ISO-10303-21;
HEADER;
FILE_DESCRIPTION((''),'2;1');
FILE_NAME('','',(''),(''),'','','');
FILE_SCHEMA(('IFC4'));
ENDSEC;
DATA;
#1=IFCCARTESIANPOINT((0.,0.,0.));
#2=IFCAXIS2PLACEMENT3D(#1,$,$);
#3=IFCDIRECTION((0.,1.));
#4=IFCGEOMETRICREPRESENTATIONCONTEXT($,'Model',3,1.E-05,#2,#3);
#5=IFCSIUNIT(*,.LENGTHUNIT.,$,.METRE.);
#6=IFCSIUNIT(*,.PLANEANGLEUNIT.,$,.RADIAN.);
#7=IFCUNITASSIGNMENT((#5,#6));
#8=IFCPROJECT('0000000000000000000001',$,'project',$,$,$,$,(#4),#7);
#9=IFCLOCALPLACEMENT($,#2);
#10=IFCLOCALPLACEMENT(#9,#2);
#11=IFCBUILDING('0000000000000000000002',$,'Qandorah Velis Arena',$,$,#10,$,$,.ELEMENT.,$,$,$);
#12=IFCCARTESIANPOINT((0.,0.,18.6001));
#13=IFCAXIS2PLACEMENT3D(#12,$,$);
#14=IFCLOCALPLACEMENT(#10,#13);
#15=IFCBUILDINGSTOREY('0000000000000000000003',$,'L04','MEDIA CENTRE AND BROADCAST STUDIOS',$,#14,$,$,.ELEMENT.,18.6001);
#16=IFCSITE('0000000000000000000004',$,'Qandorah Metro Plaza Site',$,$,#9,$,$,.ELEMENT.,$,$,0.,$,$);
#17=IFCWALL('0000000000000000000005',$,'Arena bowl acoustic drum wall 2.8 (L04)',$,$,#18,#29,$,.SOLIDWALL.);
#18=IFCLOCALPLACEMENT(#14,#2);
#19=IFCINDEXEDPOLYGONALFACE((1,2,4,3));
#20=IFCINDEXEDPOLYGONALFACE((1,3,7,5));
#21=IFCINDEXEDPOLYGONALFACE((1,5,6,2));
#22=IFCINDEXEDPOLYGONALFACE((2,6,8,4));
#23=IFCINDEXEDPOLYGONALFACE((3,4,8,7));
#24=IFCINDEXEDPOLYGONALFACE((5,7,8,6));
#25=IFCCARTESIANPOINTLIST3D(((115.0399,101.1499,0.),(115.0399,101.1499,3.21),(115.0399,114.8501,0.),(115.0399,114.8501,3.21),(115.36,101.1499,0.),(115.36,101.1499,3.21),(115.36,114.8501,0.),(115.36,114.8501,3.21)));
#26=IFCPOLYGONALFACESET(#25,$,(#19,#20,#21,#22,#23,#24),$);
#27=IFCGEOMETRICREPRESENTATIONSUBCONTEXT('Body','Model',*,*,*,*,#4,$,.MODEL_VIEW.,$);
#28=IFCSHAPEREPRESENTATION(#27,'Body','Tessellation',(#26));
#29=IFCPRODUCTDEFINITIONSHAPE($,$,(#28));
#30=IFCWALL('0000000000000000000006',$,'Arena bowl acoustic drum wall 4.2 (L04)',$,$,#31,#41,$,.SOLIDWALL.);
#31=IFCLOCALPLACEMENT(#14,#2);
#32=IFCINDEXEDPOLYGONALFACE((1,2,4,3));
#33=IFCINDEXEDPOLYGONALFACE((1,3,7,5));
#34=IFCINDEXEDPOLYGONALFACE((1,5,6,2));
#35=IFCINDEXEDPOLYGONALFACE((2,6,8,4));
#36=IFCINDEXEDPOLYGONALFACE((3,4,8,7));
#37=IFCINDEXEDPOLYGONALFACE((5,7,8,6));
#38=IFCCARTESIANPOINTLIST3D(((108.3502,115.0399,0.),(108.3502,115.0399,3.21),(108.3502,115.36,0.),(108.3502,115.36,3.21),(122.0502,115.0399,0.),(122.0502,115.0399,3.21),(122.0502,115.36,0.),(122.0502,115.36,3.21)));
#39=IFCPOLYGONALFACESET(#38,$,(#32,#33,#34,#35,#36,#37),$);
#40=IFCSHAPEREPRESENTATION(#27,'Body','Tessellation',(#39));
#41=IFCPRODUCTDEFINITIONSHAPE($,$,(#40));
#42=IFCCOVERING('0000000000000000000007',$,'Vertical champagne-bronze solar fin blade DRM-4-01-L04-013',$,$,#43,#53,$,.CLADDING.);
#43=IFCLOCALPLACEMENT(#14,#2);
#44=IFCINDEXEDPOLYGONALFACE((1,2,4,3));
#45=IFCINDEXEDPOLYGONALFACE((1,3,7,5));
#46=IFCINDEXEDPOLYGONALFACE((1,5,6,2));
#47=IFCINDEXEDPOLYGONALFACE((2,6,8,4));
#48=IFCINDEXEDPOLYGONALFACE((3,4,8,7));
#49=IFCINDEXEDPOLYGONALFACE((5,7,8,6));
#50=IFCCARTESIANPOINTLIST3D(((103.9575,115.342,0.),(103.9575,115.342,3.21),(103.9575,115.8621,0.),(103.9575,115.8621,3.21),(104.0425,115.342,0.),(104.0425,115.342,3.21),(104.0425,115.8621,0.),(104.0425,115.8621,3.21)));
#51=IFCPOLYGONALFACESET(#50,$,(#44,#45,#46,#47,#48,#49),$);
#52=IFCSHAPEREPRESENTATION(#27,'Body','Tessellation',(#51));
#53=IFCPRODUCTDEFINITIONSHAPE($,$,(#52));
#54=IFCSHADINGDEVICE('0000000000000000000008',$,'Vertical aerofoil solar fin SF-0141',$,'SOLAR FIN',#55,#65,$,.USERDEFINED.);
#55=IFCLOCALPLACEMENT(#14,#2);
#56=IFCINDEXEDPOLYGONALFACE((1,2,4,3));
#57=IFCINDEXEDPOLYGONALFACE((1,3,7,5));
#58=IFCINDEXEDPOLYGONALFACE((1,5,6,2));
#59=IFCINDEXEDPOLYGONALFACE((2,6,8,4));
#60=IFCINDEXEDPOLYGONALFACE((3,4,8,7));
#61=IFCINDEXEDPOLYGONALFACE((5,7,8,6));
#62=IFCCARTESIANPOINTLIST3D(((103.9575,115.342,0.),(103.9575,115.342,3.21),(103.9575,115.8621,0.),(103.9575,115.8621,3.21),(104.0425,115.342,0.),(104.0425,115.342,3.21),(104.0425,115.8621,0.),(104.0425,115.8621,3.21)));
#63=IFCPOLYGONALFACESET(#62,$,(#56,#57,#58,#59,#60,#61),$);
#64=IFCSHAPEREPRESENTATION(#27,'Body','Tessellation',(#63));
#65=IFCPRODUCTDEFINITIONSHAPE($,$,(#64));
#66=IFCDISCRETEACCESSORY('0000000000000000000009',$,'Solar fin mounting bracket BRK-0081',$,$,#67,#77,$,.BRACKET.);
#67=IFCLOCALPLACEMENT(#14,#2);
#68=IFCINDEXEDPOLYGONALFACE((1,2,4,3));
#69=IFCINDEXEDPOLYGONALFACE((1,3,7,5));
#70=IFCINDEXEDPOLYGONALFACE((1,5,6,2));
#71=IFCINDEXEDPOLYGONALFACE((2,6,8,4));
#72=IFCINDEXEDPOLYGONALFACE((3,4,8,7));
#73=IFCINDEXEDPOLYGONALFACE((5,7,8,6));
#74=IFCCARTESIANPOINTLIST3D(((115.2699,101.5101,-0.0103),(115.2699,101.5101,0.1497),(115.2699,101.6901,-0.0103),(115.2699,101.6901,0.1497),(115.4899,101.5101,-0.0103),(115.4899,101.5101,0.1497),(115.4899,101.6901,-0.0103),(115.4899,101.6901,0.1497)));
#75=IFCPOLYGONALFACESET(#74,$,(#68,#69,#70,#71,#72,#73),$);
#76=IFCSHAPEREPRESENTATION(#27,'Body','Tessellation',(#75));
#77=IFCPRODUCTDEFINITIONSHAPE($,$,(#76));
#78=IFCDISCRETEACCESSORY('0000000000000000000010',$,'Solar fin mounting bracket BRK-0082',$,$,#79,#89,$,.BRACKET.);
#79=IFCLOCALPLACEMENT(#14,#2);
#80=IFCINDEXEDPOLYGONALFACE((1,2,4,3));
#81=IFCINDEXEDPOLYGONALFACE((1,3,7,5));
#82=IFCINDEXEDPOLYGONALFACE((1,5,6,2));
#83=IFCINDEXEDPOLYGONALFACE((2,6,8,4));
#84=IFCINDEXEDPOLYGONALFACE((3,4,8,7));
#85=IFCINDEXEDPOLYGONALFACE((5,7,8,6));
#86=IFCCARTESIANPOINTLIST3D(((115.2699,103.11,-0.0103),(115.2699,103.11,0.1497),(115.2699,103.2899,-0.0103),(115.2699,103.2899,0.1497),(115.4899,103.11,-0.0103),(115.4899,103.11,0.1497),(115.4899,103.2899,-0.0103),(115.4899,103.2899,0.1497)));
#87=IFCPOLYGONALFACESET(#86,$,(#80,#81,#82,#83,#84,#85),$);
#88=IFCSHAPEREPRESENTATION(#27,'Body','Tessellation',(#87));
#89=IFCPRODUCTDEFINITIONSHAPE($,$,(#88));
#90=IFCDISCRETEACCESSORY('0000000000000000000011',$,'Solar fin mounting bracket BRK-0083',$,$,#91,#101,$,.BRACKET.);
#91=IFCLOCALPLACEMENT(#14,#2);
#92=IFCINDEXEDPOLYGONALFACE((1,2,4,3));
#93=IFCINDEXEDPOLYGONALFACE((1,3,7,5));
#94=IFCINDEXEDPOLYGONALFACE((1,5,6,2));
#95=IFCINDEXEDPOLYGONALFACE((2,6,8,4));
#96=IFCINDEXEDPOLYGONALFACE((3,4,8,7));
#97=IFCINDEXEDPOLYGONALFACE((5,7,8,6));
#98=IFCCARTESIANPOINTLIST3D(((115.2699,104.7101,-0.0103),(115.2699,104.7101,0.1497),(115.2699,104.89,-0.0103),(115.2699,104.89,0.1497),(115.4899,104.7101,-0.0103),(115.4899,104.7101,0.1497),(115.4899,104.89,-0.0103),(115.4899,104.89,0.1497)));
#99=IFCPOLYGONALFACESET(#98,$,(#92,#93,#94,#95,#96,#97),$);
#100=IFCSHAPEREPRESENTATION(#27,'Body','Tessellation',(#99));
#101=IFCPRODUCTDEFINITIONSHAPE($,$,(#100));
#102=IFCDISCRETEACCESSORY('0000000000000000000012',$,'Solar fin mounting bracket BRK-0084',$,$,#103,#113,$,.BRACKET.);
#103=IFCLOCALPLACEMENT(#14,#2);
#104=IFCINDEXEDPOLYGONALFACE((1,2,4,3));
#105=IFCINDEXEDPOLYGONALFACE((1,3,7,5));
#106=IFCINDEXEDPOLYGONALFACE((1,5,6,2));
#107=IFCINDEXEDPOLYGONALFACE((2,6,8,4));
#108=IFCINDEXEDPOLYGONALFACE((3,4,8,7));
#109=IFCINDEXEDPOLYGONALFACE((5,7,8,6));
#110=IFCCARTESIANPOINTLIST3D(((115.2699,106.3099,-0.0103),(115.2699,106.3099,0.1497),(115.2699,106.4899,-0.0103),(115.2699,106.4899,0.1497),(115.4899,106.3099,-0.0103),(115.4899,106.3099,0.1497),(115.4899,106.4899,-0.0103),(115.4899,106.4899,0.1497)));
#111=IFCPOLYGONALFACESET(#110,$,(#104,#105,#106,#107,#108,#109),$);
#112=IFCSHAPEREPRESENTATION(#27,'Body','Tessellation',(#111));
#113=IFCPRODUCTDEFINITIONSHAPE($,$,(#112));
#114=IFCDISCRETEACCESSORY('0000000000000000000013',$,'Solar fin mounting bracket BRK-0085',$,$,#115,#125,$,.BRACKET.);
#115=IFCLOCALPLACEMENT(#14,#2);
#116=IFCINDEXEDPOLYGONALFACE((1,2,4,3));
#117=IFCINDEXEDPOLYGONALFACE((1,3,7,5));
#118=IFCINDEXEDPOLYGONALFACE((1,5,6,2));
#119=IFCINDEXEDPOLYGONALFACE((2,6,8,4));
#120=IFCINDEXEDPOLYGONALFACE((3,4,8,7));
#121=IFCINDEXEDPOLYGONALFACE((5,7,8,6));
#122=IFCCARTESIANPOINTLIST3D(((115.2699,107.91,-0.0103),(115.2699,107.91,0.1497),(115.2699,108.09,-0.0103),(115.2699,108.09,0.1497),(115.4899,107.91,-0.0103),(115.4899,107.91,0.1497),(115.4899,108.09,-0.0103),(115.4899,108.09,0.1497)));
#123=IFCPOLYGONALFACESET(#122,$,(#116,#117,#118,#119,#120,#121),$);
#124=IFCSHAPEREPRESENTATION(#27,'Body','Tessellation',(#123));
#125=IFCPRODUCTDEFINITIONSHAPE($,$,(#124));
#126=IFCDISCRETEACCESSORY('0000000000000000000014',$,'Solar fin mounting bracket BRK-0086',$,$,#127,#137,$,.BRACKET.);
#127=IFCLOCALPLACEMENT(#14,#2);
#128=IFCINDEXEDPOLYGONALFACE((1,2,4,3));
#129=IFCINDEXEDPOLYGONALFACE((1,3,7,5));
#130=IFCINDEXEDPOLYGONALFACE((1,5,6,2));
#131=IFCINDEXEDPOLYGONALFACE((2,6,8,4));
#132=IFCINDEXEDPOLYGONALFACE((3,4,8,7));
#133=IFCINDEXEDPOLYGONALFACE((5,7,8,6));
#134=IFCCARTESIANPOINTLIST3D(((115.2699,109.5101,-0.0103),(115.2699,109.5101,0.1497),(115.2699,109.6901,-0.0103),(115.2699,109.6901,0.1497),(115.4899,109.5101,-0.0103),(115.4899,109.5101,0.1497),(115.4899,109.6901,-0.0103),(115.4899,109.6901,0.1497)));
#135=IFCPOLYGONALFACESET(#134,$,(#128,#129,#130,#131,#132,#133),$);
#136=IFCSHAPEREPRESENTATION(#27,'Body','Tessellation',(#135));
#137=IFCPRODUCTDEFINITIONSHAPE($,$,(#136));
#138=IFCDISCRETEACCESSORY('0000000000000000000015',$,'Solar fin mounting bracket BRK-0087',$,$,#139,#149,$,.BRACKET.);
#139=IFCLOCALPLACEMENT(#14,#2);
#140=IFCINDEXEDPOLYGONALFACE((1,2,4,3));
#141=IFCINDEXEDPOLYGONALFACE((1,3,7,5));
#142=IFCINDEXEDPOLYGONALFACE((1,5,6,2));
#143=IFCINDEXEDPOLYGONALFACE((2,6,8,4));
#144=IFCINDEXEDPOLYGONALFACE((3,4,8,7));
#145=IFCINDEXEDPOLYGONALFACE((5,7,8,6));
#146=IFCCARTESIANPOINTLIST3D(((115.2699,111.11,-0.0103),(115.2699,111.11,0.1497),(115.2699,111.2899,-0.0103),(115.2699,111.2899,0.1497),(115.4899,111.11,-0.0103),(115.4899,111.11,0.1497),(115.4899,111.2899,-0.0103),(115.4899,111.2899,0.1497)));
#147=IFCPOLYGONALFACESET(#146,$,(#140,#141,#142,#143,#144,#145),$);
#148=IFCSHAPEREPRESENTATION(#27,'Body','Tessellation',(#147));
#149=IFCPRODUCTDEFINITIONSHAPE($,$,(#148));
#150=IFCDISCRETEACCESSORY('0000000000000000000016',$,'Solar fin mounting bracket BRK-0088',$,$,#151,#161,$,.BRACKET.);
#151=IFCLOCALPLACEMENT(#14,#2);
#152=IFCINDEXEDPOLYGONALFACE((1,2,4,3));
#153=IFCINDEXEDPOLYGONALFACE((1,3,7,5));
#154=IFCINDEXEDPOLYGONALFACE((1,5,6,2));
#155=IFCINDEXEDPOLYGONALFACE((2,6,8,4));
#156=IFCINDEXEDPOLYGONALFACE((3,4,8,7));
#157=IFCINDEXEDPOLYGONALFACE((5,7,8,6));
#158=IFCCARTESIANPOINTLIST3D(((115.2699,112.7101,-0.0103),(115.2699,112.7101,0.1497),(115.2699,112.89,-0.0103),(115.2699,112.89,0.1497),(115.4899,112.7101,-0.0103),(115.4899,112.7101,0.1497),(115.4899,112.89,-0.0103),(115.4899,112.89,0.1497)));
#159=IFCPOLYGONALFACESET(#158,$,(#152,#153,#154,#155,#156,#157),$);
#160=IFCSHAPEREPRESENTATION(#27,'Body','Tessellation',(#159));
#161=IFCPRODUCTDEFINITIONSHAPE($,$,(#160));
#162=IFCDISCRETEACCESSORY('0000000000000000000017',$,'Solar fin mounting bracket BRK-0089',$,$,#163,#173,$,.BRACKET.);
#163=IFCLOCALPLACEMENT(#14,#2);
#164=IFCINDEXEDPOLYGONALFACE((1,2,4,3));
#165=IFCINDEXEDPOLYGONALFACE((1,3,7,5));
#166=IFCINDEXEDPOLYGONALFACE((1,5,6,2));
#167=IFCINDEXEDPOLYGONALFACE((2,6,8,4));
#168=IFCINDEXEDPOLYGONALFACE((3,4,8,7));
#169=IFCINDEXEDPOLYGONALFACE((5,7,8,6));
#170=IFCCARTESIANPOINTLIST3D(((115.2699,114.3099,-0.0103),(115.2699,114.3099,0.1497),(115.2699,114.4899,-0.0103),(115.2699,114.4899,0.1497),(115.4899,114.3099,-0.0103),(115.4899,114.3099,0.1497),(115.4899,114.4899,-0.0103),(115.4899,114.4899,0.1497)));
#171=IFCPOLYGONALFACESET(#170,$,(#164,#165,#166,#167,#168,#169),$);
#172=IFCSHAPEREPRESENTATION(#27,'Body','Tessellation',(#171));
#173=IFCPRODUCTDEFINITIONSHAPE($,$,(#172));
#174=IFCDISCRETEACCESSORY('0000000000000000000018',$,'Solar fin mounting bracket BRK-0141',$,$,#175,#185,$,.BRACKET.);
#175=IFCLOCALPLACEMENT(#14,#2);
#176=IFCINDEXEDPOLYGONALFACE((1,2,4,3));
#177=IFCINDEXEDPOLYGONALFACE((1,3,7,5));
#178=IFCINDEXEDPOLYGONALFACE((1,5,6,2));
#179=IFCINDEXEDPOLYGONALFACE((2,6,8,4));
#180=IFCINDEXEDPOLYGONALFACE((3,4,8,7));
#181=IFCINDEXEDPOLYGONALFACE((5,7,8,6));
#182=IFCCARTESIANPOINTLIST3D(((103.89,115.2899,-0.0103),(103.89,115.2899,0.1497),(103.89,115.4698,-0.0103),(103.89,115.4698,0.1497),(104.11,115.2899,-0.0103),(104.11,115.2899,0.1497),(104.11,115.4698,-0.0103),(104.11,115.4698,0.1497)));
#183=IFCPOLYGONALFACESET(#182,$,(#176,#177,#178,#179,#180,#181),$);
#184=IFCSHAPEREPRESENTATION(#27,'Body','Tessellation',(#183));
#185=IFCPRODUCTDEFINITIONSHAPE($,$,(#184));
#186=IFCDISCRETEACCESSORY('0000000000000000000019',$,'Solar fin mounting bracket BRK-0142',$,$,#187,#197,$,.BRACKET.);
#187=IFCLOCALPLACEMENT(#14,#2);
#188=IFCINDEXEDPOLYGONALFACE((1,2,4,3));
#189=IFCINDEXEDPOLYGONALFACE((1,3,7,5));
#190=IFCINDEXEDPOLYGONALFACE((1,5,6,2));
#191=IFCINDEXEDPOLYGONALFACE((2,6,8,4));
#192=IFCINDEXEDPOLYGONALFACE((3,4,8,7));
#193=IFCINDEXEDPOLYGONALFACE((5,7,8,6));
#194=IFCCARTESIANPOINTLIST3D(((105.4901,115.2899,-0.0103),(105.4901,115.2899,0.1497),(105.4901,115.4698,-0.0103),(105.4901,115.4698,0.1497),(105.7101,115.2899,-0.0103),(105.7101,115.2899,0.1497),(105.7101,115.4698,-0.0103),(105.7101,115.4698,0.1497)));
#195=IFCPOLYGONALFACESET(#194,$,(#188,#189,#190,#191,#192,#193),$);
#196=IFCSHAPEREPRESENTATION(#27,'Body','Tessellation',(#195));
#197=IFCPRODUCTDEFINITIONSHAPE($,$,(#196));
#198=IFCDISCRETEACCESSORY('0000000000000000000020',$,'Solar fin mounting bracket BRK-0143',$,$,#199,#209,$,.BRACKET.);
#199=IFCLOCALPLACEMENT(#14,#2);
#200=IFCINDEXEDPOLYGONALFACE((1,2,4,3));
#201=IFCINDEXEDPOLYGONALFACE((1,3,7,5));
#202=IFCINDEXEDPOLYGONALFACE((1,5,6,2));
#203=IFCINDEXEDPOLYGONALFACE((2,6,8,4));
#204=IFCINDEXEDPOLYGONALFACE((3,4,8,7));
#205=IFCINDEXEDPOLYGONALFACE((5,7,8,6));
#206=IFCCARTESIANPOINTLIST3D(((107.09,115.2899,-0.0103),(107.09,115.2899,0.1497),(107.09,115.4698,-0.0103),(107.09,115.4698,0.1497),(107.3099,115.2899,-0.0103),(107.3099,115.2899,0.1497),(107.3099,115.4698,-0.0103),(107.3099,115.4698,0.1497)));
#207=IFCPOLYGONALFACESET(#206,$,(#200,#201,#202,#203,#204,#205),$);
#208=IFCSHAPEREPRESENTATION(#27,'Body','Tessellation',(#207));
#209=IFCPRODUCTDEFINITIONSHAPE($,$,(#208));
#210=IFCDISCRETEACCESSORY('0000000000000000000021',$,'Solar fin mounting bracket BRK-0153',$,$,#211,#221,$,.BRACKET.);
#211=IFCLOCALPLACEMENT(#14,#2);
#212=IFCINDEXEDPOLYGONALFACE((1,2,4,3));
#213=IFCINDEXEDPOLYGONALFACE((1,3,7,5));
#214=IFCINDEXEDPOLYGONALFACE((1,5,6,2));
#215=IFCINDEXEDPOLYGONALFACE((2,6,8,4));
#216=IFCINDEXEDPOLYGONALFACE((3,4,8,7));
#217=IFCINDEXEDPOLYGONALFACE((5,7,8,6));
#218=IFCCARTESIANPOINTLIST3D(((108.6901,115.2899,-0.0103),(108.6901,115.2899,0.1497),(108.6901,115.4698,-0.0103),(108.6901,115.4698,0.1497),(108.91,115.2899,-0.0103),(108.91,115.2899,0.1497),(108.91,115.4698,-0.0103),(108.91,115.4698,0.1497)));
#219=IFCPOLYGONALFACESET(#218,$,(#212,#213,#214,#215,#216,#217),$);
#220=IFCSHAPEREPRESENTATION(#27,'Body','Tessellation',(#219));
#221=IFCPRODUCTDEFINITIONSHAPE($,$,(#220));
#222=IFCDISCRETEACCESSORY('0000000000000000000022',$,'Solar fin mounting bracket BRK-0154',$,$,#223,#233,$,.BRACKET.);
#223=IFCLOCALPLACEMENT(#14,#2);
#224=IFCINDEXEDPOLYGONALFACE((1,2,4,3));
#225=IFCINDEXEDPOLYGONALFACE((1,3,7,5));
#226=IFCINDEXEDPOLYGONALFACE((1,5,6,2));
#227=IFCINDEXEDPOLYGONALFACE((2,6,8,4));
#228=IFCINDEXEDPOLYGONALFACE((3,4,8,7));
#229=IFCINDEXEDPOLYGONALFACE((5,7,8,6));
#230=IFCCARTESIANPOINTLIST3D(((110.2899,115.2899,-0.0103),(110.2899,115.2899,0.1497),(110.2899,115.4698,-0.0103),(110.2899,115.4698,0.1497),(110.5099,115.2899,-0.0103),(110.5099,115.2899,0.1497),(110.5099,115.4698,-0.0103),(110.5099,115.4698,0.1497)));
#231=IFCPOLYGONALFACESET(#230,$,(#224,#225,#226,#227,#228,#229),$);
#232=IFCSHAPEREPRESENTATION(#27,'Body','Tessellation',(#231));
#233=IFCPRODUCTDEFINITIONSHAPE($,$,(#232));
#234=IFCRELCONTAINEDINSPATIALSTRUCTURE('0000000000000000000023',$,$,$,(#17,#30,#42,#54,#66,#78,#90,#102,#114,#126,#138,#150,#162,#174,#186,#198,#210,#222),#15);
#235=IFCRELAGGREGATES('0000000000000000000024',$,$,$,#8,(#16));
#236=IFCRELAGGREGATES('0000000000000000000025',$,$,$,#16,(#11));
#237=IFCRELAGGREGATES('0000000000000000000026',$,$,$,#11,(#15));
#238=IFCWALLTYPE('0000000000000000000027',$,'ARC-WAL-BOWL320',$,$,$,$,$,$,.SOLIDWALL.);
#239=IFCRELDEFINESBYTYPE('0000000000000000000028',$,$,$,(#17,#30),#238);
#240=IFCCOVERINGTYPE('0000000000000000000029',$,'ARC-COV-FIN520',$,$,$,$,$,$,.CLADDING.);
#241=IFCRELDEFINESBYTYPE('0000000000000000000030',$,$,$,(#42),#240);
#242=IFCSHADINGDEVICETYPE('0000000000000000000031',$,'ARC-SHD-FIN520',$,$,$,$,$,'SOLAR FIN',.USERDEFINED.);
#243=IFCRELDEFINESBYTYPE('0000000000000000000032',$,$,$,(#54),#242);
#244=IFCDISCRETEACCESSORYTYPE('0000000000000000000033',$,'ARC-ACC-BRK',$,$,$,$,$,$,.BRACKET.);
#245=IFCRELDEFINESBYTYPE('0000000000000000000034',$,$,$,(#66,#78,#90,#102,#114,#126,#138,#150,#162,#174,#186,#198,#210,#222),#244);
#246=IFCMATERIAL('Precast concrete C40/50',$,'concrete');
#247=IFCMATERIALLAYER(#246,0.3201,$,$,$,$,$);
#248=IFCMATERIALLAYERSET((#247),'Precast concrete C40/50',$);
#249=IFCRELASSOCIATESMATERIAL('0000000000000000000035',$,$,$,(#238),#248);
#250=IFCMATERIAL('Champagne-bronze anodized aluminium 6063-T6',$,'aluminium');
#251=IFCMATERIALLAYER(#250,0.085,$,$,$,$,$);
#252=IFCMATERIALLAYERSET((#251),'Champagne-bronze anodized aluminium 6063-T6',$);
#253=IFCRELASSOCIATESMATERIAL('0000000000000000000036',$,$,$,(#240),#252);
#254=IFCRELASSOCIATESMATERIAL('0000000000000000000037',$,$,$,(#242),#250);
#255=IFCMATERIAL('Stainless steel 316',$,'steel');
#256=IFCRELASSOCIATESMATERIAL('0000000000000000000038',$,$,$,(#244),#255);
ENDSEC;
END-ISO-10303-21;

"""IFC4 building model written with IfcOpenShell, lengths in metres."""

from ifc_helpers import new_model, si_unit, direction, frame, frame_2d, origin, origin_2d, place, context, subcontext, project, spatial, rectangle, extrude, material, layer, layer_set, type_object, element, save


model = new_model("IFC4")

# Units and contexts
model_context = context("Model", 3, precision=1e-05, world=origin(), true_north=direction((0.0, 1.0)))
body_context = subcontext(model_context, "Body", "Model", "MODEL_VIEW")
ifc_project = project(units=[si_unit("LENGTHUNIT", "METRE"), si_unit("PLANEANGLEUNIT", "RADIAN")], contexts=[model_context])

# Site, building, storey
site_placement = place(None, origin())
site = spatial("IfcSite", under=ifc_project, at=site_placement, Name="Qandorah Metro Plaza Site", CompositionType="ELEMENT", RefElevation=0.0)
building_placement = place(site_placement, origin())
building = spatial("IfcBuilding", under=site, at=building_placement, Name="Qandorah Velis Arena", CompositionType="ELEMENT")
storey_placement = place(building_placement, frame((0.0, 0.0, 18.6001)))
storey = spatial("IfcBuildingStorey", under=building, at=storey_placement, Name="L04", Description="MEDIA CENTRE AND BROADCAST STUDIOS", CompositionType="ELEMENT", Elevation=18.6001)

# Walls
ifc_material_1 = material(Name="Precast concrete C40/50", Category="concrete")
ifc_layer_1 = layer(ifc_material_1, 0.3201)
ifc_layer_set_1 = layer_set([ifc_layer_1], Name="Precast concrete C40/50")
wall_type = type_object("IfcWallType", Name="ARC-WAL-BOWL320", PredefinedType="SOLIDWALL", material=ifc_layer_set_1)
wall_1_placement = place(storey_placement, frame((115.2, 101.1499, 0.0), z_axis=(0.0, 0.0, 1.0), x_axis=(0.0, 1.0, 0.0)))
element("IfcWall", 1, at=wall_1_placement, inside=storey, type_object=wall_type, Name="Arena bowl acoustic drum wall 2.8 (L04)", PredefinedType="SOLIDWALL", context=body_context, shape_type="SweptSolid", body=[
    extrude(rectangle(XDim=13.7002, YDim=0.3201, at=frame_2d((6.8501, 0.0))), origin(), (0.0, 0.0, 1.0), 3.21),
])
wall_2_placement = place(storey_placement, frame((108.3501, 115.2, 0.0), z_axis=(0.0, 0.0, 1.0), x_axis=(1.0, 0.0, 0.0)))
element("IfcWall", 2, at=wall_2_placement, inside=storey, type_object=wall_type, Name="Arena bowl acoustic drum wall 4.2 (L04)", PredefinedType="SOLIDWALL", context=body_context, shape_type="SweptSolid", body=[
    extrude(rectangle(XDim=13.7, YDim=0.3201, at=frame_2d((6.8501, 0.0))), origin(), (0.0, 0.0, 1.0), 3.21),
])

# Covering
ifc_material_2 = material(Name="Champagne-bronze anodized aluminium 6063-T6", Category="aluminium")
ifc_layer_2 = layer(ifc_material_2, 0.085)
ifc_layer_set_2 = layer_set([ifc_layer_2], Name="Champagne-bronze anodized aluminium 6063-T6")
covering_type = type_object("IfcCoveringType", Name="ARC-COV-FIN520", PredefinedType="CLADDING", material=ifc_layer_set_2)
covering_placement = place(storey_placement, frame((104.0, 115.6021, 0.0), z_axis=(0.0, 0.0, 1.0), x_axis=(1.0, 0.0, 0.0)))
element("IfcCovering", 3, at=covering_placement, inside=storey, type_object=covering_type, Name="Vertical champagne-bronze solar fin blade DRM-4-01-L04-013", PredefinedType="CLADDING", context=body_context, shape_type="SweptSolid", body=[
    extrude(rectangle(XDim=0.085, YDim=0.52, at=origin_2d()), origin(), (0.0, 0.0, 1.0), 3.21),
])

# Shading device
shading_device_type = type_object("IfcShadingDeviceType", Name="ARC-SHD-FIN520", ElementType="SOLAR FIN", PredefinedType="USERDEFINED", material=ifc_material_2)
shading_device_placement = place(storey_placement, frame((104.0, 115.6021, 0.0), z_axis=(0.0, 0.0, 1.0), x_axis=(1.0, 0.0, 0.0)))
element("IfcShadingDevice", 4, at=shading_device_placement, inside=storey, type_object=shading_device_type, Name="Vertical aerofoil solar fin SF-0141", ObjectType="SOLAR FIN", PredefinedType="USERDEFINED", context=body_context, shape_type="SweptSolid", body=[
    extrude(rectangle(XDim=0.085, YDim=0.52, at=origin_2d()), origin(), (0.0, 0.0, 1.0), 3.21),
])

# Discrete accessories
ifc_material_3 = material(Name="Stainless steel 316", Category="steel")
discrete_accessory_type = type_object("IfcDiscreteAccessoryType", Name="ARC-ACC-BRK", PredefinedType="BRACKET", material=ifc_material_3)
for number, where, z_axis, x_axis, name in (
    (5, (115.3799, 101.6001, -0.0103), (0.0, 0.0, 1.0), (1.0, 0.0, 0.0), "Solar fin mounting bracket BRK-0081"),
    (6, (115.3799, 103.2, -0.0103), (0.0, 0.0, 1.0), (1.0, 0.0, 0.0), "Solar fin mounting bracket BRK-0082"),
    (7, (115.3799, 104.8, -0.0103), (0.0, 0.0, 1.0), (1.0, 0.0, 0.0), "Solar fin mounting bracket BRK-0083"),
    (8, (115.3799, 106.3999, -0.0103), (0.0, 0.0, 1.0), (1.0, 0.0, 0.0), "Solar fin mounting bracket BRK-0084"),
    (9, (115.3799, 108.0, -0.0103), (0.0, 0.0, 1.0), (1.0, 0.0, 0.0), "Solar fin mounting bracket BRK-0085"),
    (10, (115.3799, 109.6001, -0.0103), (0.0, 0.0, 1.0), (1.0, 0.0, 0.0), "Solar fin mounting bracket BRK-0086"),
    (11, (115.3799, 111.2, -0.0103), (0.0, 0.0, 1.0), (1.0, 0.0, 0.0), "Solar fin mounting bracket BRK-0087"),
    (12, (115.3799, 112.8, -0.0103), (0.0, 0.0, 1.0), (1.0, 0.0, 0.0), "Solar fin mounting bracket BRK-0088"),
    (13, (115.3799, 114.3999, -0.0103), (0.0, 0.0, 1.0), (1.0, 0.0, 0.0), "Solar fin mounting bracket BRK-0089"),
    (14, (104.0, 115.3799, -0.0103), (0.0, 0.0, 1.0), (1.0, 0.0, 0.0), "Solar fin mounting bracket BRK-0141"),
    (15, (105.6001, 115.3799, -0.0103), (0.0, 0.0, 1.0), (1.0, 0.0, 0.0), "Solar fin mounting bracket BRK-0142"),
    (16, (107.2, 115.3799, -0.0103), (0.0, 0.0, 1.0), (1.0, 0.0, 0.0), "Solar fin mounting bracket BRK-0143"),
    (17, (108.8, 115.3799, -0.0103), (0.0, 0.0, 1.0), (1.0, 0.0, 0.0), "Solar fin mounting bracket BRK-0153"),
    (18, (110.3999, 115.3799, -0.0103), (0.0, 0.0, 1.0), (1.0, 0.0, 0.0), "Solar fin mounting bracket BRK-0154"),
):
    element("IfcDiscreteAccessory", number, at=place(storey_placement, frame(where, z_axis=z_axis, x_axis=x_axis)), inside=storey, type_object=discrete_accessory_type, Name=name, PredefinedType="BRACKET", context=body_context, shape_type="SweptSolid", body=[
        extrude(rectangle(XDim=0.22, YDim=0.1799, at=origin_2d()), origin(), (0.0, 0.0, 1.0), 0.1599),
    ])

save(model, "model.ifc")
